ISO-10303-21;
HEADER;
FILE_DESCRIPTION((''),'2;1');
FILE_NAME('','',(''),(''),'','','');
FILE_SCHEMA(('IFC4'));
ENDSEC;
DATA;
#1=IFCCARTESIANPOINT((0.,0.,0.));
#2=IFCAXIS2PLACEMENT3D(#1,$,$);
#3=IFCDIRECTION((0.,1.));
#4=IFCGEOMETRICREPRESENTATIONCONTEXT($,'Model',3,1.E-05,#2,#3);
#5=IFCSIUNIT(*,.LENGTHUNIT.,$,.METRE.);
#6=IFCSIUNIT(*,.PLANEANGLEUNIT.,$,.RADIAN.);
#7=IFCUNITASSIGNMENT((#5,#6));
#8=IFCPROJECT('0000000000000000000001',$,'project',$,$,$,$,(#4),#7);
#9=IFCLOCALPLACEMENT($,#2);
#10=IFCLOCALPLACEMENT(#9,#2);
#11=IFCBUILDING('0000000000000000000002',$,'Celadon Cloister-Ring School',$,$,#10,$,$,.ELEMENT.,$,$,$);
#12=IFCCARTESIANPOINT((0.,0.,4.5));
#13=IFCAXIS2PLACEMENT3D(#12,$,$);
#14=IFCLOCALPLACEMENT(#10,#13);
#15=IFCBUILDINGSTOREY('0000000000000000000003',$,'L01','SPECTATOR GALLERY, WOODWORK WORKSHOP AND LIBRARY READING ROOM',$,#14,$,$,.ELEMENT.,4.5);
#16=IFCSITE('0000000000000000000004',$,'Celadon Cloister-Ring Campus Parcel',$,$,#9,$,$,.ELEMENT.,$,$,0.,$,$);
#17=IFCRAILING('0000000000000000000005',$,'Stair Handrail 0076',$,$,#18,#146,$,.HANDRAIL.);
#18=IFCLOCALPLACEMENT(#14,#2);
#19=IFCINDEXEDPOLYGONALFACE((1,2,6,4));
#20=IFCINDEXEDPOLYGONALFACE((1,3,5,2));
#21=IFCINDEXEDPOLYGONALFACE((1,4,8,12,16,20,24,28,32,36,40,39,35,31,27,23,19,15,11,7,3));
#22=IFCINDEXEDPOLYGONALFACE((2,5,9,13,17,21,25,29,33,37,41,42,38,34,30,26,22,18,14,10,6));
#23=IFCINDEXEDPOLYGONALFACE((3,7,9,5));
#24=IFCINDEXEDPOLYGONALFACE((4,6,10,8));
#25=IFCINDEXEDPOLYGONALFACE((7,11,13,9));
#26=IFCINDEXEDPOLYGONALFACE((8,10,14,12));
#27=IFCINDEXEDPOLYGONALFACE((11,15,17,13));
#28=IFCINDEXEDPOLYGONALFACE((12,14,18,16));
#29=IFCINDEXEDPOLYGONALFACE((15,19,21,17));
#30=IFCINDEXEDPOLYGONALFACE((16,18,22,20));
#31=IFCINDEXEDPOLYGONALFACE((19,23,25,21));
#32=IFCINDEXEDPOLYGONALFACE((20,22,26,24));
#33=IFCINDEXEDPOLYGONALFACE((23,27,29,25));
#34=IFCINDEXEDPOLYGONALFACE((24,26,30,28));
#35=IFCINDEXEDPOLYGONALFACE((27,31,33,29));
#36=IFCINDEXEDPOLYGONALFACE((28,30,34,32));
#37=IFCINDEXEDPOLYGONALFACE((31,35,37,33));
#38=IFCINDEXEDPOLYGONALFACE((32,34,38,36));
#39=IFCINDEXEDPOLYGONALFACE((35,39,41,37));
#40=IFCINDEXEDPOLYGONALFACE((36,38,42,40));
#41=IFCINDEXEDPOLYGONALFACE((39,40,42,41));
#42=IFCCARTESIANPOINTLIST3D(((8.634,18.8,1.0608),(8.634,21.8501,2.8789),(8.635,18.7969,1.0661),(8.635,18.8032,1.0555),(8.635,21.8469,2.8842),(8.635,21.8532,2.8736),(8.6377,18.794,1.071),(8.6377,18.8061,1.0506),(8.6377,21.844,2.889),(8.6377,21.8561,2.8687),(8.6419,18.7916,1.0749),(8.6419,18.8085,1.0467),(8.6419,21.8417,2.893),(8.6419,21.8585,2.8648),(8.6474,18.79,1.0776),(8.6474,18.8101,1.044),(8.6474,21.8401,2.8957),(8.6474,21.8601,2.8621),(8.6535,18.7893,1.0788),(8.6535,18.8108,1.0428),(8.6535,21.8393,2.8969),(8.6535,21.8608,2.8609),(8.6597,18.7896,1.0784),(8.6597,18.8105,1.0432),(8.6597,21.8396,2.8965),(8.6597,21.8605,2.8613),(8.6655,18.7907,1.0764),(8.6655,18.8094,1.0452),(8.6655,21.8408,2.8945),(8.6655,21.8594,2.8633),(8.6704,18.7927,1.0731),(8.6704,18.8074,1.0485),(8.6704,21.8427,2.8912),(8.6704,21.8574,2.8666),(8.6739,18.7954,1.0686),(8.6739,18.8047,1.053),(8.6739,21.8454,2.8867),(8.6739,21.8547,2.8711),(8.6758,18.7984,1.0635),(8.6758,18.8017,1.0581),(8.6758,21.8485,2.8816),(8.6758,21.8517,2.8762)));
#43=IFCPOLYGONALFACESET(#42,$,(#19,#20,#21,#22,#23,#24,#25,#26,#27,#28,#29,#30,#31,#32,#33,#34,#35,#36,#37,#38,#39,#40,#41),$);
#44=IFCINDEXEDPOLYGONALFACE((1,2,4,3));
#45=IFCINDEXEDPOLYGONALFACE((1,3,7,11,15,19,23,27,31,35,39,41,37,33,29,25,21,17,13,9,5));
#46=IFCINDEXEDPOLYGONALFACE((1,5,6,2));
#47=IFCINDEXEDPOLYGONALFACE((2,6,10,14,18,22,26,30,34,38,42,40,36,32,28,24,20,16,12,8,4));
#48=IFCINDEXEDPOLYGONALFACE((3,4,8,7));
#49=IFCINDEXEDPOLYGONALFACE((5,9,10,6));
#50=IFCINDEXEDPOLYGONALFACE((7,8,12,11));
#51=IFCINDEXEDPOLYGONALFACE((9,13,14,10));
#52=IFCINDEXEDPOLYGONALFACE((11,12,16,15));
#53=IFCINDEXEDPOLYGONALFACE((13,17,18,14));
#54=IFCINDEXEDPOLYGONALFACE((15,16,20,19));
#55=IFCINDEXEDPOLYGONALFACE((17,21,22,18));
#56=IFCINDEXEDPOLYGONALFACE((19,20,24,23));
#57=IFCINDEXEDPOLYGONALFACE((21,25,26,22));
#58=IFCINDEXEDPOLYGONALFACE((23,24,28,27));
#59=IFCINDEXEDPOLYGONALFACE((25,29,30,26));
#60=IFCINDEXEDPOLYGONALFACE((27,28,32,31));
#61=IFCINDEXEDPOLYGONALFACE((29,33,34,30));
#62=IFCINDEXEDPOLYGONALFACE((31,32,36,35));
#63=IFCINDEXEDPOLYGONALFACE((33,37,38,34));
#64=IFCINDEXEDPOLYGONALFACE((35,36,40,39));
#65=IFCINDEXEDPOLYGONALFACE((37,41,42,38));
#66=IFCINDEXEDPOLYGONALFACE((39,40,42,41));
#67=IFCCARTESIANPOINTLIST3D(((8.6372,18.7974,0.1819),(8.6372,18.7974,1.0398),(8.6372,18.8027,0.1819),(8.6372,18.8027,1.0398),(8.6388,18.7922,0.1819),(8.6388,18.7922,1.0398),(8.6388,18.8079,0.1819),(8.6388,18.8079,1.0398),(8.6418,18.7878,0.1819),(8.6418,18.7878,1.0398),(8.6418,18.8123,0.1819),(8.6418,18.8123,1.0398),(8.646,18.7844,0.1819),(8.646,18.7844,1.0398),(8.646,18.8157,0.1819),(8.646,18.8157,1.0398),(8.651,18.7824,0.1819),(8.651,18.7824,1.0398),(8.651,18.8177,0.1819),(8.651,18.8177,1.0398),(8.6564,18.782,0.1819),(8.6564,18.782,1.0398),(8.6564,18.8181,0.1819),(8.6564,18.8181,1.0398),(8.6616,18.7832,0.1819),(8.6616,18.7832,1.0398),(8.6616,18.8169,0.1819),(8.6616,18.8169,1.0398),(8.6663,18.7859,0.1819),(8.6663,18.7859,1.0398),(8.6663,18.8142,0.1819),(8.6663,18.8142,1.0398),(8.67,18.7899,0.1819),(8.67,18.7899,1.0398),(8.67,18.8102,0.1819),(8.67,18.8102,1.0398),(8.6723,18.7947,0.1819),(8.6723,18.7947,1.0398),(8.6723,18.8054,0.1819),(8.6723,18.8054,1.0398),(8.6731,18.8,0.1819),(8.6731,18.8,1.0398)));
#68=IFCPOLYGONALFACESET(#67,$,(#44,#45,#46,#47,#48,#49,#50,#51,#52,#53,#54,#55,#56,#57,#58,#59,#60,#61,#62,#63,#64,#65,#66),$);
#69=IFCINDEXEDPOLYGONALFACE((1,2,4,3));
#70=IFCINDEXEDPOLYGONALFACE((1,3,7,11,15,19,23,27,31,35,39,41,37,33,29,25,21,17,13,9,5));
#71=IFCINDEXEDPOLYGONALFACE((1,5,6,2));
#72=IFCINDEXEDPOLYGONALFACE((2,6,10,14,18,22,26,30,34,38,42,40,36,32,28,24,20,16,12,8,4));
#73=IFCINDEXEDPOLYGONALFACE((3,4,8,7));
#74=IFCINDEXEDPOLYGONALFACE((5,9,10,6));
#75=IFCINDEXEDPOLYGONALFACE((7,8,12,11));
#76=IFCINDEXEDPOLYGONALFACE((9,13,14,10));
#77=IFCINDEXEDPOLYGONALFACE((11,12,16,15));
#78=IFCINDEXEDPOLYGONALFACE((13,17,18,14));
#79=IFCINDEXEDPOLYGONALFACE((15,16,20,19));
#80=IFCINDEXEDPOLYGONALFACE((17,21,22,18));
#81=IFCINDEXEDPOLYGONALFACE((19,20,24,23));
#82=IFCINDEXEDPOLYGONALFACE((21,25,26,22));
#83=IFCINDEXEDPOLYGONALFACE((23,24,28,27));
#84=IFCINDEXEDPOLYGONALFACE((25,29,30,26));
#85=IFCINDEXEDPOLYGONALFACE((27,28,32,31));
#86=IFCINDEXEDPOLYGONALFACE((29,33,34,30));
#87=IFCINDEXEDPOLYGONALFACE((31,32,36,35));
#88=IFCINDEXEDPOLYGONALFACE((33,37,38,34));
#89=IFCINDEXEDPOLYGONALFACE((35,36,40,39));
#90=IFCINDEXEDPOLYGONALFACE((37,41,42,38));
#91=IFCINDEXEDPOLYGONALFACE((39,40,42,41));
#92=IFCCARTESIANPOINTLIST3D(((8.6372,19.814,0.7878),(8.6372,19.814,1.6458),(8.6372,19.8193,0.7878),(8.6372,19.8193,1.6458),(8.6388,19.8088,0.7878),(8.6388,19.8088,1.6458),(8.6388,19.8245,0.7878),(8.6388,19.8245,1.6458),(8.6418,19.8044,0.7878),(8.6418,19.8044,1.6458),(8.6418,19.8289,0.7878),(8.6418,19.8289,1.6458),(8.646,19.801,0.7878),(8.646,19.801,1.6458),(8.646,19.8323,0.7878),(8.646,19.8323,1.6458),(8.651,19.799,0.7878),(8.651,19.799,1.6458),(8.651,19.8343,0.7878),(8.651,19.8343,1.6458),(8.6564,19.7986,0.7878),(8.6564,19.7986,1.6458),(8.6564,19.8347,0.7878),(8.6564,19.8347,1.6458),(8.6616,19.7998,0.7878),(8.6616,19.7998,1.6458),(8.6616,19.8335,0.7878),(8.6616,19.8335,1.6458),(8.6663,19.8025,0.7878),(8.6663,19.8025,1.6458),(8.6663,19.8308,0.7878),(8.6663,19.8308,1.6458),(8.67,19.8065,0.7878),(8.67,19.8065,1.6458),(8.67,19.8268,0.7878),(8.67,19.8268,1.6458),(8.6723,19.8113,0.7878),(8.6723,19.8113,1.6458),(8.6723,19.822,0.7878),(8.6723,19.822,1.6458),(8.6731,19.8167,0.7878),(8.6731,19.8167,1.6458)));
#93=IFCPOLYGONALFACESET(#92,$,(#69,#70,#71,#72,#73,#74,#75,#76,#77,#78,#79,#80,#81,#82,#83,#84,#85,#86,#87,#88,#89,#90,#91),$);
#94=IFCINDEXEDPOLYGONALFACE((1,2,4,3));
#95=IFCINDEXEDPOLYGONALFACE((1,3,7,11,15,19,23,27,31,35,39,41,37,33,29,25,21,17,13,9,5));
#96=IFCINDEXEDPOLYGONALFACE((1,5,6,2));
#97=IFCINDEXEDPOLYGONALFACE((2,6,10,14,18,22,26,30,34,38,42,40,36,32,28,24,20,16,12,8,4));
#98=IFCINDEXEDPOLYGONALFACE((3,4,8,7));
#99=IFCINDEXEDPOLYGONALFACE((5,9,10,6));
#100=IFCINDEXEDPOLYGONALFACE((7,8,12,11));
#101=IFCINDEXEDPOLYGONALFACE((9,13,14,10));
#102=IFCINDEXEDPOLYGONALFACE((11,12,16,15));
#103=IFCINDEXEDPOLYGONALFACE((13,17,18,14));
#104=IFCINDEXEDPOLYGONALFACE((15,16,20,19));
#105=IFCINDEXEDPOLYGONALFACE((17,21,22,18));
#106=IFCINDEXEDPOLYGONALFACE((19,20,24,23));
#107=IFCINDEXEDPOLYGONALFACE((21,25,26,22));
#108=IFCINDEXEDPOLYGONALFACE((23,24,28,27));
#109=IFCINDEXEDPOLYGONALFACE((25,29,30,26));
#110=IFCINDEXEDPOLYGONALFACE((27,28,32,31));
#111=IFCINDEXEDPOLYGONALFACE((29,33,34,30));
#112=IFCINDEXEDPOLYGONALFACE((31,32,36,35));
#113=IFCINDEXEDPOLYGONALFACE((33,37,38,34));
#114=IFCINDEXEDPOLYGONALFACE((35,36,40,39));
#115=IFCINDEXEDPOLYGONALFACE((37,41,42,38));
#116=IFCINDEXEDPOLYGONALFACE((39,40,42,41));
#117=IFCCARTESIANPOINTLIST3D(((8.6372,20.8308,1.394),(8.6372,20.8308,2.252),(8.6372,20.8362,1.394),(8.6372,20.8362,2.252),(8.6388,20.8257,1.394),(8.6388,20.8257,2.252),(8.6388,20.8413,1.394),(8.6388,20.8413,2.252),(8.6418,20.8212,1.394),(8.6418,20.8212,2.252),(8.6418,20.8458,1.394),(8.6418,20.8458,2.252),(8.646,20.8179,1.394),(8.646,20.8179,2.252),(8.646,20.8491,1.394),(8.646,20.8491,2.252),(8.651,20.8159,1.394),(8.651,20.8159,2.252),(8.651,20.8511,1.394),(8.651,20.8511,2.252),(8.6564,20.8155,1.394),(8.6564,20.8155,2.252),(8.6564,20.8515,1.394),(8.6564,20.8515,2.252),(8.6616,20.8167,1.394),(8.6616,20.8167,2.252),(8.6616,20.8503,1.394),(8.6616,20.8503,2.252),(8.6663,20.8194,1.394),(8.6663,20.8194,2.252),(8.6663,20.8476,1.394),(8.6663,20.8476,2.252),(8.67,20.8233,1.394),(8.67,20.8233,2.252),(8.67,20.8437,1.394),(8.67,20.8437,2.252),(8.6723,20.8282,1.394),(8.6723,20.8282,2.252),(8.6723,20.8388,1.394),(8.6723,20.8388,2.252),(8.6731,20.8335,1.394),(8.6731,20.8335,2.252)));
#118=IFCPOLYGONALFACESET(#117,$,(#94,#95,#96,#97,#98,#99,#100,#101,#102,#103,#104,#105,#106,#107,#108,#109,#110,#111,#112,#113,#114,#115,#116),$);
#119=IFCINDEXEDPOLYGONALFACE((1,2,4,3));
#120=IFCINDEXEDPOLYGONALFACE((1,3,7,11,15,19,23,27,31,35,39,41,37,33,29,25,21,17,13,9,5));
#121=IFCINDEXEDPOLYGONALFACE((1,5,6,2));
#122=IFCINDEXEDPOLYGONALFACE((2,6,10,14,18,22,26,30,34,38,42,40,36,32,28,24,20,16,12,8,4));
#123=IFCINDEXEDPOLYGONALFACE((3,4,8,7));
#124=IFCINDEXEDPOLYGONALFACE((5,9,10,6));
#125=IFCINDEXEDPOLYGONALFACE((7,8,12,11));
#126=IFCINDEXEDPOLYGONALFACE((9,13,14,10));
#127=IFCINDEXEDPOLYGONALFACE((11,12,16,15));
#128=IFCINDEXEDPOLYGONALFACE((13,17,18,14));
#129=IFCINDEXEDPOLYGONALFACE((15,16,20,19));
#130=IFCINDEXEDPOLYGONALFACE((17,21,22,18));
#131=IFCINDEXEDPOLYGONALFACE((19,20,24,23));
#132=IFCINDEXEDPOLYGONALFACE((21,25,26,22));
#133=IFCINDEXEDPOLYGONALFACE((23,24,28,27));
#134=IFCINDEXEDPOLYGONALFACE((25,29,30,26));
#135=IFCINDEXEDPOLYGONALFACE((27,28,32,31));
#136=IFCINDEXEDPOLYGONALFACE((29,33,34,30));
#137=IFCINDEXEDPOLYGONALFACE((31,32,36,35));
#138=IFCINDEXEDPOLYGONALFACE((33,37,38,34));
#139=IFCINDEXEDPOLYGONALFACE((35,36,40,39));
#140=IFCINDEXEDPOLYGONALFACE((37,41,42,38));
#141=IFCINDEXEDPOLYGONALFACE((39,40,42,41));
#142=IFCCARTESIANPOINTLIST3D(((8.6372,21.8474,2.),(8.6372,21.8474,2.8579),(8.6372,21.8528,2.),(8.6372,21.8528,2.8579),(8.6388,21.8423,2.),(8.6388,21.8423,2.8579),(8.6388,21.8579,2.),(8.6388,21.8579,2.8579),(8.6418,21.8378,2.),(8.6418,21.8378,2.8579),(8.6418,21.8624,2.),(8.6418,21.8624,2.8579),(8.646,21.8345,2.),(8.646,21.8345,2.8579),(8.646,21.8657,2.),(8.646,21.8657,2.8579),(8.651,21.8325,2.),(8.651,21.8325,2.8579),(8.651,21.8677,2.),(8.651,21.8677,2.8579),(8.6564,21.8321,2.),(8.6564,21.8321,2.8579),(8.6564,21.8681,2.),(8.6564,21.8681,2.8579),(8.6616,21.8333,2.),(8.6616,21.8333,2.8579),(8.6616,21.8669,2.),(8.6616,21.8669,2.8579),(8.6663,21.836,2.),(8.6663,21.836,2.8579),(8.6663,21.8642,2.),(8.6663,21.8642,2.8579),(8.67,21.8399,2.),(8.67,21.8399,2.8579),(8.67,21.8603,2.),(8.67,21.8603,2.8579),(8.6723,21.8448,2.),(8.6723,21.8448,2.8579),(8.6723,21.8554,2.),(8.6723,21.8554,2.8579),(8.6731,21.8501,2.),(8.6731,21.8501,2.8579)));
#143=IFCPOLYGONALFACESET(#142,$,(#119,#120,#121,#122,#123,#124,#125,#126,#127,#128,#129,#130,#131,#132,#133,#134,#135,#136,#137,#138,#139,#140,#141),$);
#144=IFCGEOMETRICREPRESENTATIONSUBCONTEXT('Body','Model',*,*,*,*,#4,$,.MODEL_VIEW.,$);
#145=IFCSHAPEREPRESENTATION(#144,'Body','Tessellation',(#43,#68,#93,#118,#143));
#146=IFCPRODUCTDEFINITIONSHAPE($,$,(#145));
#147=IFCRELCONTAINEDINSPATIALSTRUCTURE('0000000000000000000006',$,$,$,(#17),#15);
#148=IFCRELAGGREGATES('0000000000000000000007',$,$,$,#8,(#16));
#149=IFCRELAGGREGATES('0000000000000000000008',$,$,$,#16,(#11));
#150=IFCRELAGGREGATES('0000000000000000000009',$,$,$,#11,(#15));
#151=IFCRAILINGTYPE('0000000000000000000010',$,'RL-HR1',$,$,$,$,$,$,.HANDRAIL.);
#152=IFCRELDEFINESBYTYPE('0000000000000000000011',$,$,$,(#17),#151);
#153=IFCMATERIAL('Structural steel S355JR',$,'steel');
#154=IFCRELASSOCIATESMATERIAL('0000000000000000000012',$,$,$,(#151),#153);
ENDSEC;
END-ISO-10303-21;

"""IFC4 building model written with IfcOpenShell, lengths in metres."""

from ifc_helpers import new_model, si_unit, direction, frame, origin, origin_2d, place, context, subcontext, project, spatial, circle, extrude, material, type_object, element, save


model = new_model("IFC4")

# Units and contexts
model_context = context("Model", 3, precision=1e-05, world=origin(), true_north=direction((0.0, 1.0)))
body_context = subcontext(model_context, "Body", "Model", "MODEL_VIEW")
ifc_project = project(units=[si_unit("LENGTHUNIT", "METRE"), si_unit("PLANEANGLEUNIT", "RADIAN")], contexts=[model_context])

# Site, building, storey
site_placement = place(None, origin())
site = spatial("IfcSite", under=ifc_project, at=site_placement, Name="Celadon Cloister-Ring Campus Parcel", CompositionType="ELEMENT", RefElevation=0.0)
building_placement = place(site_placement, origin())
building = spatial("IfcBuilding", under=site, at=building_placement, Name="Celadon Cloister-Ring School", CompositionType="ELEMENT")
storey_placement = place(building_placement, frame((0.0, 0.0, 4.5)))
storey = spatial("IfcBuildingStorey", under=building, at=storey_placement, Name="L01", Description="SPECTATOR GALLERY, WOODWORK WORKSHOP AND LIBRARY READING ROOM", CompositionType="ELEMENT", Elevation=4.5)

# Railing
ifc_material_1 = material(Name="Structural steel S355JR", Category="steel")
railing_type_1 = type_object("IfcRailingType", Name="RL-HR1", PredefinedType="HANDRAIL", material=ifc_material_1)
for number, where, name in (
    (1, (8.655, 18.8, 0.1819), "Stair Handrail 0076"),
):
    element("IfcRailing", number, at=place(storey_placement, frame(where)), inside=storey, type_object=railing_type_1, Name=name, PredefinedType="HANDRAIL", context=body_context, shape_type="SweptSolid", body=[
        extrude(circle(Radius=0.021, at=origin_2d()), frame((0.0, 0.0, 0.8789), z_axis=(0.0, 0.85897, 0.512026), x_axis=(-1.0, 0.0, 0.0)), (0.0, 0.0, 1.0), 3.5508),
        extrude(circle(Radius=0.0181, at=origin_2d()), origin(), (0.0, 0.0, 1.0), 0.8579),
        extrude(circle(Radius=0.0181, at=origin_2d()), frame((0.0, 1.0166, 0.606)), (0.0, 0.0, 1.0), 0.8579),
        extrude(circle(Radius=0.0181, at=origin_2d()), frame((0.0, 2.0334, 1.2122)), (0.0, 0.0, 1.0), 0.8579),
        extrude(circle(Radius=0.0181, at=origin_2d()), frame((0.0, 3.05, 1.8181)), (0.0, 0.0, 1.0), 0.8579),
    ])

save(model, "model.ifc")
